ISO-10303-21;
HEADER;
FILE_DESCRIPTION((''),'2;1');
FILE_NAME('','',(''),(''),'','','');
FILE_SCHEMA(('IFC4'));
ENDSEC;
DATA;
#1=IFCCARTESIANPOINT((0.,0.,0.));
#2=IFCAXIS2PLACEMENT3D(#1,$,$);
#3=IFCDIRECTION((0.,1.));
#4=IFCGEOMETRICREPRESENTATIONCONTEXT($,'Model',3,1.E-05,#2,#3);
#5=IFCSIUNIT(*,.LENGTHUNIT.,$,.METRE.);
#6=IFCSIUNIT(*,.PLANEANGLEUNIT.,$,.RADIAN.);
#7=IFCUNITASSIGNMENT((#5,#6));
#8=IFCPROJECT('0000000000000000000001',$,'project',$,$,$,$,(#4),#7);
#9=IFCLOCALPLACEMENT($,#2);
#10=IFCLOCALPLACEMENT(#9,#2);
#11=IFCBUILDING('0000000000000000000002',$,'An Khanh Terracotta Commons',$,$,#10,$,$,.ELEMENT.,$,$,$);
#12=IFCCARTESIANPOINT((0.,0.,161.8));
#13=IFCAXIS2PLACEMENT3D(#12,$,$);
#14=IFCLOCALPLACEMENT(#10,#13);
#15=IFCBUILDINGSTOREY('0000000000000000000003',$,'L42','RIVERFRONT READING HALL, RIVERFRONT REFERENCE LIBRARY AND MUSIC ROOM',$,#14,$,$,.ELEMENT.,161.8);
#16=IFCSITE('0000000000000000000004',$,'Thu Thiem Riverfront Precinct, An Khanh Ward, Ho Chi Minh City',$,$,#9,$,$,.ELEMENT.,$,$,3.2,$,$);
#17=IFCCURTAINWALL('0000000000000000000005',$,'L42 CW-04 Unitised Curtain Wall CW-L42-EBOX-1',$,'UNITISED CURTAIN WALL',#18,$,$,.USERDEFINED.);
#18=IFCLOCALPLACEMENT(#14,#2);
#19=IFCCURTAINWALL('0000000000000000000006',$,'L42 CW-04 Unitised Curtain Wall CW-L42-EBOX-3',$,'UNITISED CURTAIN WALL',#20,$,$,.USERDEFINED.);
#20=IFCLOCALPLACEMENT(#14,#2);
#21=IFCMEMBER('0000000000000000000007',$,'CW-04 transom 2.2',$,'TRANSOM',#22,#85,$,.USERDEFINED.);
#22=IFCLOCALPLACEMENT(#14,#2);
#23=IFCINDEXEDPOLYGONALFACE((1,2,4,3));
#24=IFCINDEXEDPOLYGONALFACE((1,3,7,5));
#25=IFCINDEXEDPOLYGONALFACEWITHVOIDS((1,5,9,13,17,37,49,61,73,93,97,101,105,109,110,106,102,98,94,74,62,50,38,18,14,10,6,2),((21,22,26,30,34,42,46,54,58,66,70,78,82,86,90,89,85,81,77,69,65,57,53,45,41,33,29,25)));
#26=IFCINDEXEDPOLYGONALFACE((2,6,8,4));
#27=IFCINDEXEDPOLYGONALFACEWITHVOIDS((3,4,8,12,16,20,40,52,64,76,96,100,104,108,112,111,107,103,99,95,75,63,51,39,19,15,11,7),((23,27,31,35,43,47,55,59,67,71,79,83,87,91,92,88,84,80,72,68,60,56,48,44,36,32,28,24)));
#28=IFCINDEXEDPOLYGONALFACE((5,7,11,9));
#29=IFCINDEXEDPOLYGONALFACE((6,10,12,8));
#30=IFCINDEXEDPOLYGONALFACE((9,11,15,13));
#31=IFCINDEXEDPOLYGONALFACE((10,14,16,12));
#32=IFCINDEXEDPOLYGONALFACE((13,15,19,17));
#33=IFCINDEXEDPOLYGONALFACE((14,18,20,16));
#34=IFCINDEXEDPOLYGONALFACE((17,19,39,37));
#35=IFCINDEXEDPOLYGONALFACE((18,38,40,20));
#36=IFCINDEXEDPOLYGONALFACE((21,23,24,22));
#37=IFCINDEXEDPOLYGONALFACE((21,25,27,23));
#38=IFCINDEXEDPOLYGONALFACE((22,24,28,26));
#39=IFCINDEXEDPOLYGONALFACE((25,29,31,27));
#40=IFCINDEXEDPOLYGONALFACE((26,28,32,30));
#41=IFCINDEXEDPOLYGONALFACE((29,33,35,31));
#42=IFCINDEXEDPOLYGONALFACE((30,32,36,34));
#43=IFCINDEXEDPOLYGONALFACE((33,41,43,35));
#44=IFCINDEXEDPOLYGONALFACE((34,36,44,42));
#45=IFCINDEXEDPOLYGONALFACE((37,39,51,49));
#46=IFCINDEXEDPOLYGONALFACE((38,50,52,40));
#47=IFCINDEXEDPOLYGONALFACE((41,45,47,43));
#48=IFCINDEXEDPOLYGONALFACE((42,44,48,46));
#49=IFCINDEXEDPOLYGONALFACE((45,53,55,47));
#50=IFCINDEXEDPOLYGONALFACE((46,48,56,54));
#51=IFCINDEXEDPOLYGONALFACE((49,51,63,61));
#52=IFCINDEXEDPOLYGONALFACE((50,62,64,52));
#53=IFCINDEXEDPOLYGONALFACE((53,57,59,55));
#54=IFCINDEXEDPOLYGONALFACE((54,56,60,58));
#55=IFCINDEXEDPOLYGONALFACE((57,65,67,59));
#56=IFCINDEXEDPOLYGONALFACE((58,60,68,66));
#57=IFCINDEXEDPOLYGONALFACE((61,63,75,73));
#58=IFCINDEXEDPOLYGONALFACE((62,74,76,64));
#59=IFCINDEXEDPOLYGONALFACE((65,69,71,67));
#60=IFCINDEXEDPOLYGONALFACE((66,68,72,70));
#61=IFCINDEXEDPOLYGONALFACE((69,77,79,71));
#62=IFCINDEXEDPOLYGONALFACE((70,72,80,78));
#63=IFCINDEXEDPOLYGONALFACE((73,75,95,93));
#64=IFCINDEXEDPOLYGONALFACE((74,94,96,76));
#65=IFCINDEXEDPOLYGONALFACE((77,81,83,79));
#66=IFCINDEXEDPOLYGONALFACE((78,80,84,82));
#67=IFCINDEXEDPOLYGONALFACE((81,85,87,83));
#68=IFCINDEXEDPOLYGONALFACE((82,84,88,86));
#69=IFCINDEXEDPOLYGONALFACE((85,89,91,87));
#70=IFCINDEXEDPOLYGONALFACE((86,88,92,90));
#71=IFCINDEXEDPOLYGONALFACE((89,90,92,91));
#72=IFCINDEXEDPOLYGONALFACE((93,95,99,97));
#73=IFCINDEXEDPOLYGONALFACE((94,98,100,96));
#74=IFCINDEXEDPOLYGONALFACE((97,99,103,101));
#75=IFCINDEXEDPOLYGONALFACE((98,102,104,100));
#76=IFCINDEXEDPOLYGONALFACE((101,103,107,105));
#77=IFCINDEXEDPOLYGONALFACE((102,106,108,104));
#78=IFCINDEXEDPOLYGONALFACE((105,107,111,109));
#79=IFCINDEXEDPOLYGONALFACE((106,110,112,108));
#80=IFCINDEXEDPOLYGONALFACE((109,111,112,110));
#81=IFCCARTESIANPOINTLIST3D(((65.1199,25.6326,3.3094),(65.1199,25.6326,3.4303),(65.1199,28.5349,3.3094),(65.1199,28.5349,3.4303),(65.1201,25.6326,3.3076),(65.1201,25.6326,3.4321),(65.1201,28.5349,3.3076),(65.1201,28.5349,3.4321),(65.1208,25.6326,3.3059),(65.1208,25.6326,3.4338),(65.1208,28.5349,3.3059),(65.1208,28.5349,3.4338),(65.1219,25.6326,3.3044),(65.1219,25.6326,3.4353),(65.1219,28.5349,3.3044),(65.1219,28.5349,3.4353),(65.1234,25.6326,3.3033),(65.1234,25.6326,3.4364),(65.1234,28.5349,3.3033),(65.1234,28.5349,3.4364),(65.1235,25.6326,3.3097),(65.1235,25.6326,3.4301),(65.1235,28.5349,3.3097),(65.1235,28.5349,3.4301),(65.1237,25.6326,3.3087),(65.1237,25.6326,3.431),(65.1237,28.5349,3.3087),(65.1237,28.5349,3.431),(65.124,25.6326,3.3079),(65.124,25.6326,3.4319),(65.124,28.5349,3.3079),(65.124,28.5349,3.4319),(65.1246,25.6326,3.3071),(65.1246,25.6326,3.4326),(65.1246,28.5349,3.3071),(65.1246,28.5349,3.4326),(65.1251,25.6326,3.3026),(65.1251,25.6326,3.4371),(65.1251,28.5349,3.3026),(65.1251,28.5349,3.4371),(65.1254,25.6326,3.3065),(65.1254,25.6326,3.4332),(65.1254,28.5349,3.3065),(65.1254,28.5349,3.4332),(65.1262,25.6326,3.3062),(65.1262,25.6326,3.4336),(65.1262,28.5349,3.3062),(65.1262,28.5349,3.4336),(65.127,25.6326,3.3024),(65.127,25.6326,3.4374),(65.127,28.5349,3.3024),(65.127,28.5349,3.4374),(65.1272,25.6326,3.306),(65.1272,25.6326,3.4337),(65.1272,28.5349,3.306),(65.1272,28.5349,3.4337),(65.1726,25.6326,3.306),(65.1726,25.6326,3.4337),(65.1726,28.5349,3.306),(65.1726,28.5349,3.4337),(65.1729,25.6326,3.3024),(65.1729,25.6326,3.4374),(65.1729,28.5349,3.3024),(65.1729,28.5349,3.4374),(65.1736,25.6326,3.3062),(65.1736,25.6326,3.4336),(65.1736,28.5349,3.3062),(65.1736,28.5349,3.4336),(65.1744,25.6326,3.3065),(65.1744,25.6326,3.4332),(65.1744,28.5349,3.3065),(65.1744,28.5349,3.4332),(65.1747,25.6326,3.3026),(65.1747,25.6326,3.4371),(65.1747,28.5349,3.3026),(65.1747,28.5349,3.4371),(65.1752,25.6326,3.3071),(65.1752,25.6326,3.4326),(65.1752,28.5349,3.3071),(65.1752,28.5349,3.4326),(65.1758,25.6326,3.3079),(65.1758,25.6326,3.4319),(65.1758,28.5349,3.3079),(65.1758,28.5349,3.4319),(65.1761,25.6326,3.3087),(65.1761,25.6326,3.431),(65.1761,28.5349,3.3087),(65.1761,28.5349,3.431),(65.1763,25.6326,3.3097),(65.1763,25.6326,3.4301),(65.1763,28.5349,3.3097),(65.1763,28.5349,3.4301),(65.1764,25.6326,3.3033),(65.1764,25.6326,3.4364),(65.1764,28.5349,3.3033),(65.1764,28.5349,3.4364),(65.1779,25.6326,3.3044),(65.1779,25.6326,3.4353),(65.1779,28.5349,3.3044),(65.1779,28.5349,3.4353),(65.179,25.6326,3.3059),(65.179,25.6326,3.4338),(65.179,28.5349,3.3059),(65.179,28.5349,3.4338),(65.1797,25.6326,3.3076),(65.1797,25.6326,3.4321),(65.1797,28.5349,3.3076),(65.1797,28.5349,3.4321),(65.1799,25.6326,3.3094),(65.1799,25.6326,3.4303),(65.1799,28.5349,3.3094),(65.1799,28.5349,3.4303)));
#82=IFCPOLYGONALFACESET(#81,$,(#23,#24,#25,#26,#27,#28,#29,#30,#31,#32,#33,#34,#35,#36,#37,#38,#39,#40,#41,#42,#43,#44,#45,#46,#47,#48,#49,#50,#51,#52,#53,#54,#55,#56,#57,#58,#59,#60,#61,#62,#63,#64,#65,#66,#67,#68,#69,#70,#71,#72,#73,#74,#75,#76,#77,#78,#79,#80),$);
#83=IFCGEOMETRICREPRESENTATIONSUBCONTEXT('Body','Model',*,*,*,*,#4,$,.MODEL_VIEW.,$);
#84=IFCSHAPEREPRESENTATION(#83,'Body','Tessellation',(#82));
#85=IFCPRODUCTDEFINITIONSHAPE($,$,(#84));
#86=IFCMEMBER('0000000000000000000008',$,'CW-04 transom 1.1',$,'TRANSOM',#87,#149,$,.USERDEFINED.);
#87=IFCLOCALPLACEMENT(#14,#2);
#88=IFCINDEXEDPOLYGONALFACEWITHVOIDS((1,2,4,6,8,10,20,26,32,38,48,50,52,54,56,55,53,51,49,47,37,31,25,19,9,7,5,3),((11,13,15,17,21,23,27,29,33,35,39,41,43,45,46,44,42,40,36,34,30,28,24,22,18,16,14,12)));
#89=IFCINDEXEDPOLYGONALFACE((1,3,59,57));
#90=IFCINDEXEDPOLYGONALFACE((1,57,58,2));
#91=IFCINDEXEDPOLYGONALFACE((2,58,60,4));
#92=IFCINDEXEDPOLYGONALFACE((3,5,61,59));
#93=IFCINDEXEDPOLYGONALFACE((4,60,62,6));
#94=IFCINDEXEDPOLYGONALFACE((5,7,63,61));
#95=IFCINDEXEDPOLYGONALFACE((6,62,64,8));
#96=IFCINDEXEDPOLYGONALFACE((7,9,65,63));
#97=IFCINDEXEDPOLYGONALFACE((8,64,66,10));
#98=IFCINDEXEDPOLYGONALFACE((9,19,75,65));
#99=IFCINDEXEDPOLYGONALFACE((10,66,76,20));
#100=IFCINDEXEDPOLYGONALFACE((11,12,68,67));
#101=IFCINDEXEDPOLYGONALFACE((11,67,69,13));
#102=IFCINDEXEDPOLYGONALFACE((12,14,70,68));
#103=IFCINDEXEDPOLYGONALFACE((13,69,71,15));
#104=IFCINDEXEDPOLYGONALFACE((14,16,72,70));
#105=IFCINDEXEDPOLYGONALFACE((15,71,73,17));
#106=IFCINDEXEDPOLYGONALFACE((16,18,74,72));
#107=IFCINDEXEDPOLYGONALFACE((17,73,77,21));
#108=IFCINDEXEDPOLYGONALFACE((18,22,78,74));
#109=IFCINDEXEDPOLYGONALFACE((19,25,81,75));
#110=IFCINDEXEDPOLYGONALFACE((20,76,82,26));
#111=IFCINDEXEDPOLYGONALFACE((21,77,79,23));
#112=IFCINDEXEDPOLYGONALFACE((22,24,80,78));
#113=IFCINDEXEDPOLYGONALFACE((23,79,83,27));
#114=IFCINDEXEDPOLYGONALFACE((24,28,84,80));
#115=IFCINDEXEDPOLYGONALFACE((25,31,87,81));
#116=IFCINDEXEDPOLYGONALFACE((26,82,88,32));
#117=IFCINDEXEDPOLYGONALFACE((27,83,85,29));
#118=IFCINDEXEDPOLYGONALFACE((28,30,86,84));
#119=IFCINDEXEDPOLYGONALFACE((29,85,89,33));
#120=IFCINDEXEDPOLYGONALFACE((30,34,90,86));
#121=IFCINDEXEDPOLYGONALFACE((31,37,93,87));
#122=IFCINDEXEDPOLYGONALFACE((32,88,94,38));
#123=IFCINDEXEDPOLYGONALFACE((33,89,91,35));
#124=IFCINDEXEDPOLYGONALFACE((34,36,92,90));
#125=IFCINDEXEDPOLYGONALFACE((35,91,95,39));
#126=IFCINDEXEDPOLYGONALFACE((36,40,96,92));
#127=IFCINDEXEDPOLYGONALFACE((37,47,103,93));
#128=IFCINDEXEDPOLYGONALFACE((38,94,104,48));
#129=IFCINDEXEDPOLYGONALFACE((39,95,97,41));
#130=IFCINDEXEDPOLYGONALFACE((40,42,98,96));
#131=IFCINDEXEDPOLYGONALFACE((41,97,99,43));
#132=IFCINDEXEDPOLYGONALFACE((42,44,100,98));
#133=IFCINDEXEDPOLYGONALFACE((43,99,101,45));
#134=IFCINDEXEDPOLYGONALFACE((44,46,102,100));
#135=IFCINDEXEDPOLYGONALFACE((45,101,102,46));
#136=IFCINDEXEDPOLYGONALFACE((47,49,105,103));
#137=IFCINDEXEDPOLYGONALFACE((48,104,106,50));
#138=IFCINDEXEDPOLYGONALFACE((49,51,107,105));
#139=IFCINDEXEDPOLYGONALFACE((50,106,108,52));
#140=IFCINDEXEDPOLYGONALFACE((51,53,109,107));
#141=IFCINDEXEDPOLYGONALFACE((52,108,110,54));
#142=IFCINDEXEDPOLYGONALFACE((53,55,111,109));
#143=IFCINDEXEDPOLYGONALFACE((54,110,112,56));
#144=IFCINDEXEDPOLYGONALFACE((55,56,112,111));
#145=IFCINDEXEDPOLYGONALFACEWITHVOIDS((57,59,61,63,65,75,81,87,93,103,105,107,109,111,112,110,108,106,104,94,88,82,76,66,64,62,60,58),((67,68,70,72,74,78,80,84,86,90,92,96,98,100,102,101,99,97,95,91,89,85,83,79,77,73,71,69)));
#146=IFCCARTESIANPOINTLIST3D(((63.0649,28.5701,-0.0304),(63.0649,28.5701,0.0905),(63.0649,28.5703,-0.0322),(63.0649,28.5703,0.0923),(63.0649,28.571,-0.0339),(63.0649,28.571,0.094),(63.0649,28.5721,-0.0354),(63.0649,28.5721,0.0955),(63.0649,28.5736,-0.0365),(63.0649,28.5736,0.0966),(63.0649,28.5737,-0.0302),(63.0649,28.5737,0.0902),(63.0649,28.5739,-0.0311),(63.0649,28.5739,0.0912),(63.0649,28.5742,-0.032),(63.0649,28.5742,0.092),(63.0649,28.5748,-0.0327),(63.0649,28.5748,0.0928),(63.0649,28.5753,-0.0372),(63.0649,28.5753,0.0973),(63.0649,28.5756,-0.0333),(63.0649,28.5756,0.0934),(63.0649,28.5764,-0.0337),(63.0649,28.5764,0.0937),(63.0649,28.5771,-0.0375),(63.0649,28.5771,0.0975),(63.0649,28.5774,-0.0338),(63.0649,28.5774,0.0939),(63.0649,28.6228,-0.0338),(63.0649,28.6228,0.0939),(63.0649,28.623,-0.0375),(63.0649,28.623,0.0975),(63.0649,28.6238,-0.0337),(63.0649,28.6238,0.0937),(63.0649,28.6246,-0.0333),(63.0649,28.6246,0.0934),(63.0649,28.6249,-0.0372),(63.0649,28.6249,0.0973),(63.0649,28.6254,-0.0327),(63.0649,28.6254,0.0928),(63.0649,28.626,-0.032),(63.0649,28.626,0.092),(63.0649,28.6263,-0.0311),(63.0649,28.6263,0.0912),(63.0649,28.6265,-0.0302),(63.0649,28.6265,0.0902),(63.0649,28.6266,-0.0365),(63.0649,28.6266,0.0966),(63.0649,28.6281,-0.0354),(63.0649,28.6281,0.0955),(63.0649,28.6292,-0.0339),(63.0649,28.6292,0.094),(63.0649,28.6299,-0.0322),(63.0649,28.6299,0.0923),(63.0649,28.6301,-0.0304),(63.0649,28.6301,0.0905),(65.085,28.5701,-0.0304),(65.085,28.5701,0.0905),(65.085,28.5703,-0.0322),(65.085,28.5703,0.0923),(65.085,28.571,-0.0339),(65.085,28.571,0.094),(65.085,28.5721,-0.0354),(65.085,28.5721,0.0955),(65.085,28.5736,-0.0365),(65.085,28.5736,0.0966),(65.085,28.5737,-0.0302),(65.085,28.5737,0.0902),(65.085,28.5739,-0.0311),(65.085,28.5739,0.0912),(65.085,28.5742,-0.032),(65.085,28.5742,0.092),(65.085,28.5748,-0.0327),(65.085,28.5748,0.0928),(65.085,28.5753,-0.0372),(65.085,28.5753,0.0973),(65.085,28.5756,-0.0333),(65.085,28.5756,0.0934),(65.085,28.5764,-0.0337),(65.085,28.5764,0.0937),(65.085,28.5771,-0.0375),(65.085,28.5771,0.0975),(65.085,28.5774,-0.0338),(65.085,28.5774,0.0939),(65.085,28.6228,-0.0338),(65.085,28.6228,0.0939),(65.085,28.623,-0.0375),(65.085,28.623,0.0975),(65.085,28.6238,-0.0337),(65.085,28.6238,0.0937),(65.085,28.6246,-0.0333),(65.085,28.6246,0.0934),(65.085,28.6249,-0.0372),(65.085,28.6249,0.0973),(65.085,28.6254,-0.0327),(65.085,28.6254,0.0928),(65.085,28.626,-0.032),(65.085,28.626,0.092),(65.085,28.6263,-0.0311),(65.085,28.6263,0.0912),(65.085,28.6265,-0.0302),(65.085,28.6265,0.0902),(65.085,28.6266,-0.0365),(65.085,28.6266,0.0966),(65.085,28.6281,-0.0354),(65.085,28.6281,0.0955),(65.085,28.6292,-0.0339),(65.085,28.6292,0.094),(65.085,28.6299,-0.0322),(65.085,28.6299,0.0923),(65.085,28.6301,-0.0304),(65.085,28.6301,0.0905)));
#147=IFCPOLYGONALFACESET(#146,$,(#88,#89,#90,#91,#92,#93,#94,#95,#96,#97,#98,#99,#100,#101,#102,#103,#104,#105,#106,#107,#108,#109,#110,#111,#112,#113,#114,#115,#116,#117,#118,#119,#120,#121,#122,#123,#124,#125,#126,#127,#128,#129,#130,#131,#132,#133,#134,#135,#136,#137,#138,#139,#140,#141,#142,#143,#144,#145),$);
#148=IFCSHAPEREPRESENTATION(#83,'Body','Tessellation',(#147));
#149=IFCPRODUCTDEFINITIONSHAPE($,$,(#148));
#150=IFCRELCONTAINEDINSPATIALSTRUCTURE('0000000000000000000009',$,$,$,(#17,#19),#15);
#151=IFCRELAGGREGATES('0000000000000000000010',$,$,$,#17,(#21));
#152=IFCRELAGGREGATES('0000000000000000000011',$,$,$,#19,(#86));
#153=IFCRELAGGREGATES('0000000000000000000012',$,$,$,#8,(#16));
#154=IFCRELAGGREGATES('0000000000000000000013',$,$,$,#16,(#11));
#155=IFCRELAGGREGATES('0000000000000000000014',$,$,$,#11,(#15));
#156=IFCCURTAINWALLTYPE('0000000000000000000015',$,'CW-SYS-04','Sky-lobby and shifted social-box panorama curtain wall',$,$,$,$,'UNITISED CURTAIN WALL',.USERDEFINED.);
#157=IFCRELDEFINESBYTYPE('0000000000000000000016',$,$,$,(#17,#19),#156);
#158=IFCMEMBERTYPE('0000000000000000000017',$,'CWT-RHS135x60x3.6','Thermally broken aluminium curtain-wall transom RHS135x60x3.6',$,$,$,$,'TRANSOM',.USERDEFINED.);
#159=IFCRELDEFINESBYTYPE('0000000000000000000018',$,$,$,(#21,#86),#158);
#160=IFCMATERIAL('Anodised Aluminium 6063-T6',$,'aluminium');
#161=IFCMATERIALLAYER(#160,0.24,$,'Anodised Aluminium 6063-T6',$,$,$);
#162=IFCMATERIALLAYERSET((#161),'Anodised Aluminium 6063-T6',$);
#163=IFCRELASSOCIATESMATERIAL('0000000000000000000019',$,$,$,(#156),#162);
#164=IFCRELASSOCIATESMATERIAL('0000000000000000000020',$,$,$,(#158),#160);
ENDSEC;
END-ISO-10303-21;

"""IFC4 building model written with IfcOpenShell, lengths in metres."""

from ifc_helpers import new_model, si_unit, direction, frame, origin, origin_2d, place, context, subcontext, project, spatial, hollow_rectangle, extrude, material, layer, layer_set, material_profile, profile_set, type_object, element, aggregate, save


model = new_model("IFC4")

# Units and contexts
model_context = context("Model", 3, precision=1e-05, world=origin(), true_north=direction((0.0, 1.0)))
body_context = subcontext(model_context, "Body", "Model", "MODEL_VIEW")
ifc_project = project(units=[si_unit("LENGTHUNIT", "METRE"), si_unit("PLANEANGLEUNIT", "RADIAN")], contexts=[model_context])

# Site, building, storey
site_placement = place(None, origin())
site = spatial("IfcSite", under=ifc_project, at=site_placement, Name="Thu Thiem Riverfront Precinct, An Khanh Ward, Ho Chi Minh City", CompositionType="ELEMENT", RefElevation=3.2)
building_placement = place(site_placement, origin())
building = spatial("IfcBuilding", under=site, at=building_placement, Name="An Khanh Terracotta Commons", CompositionType="ELEMENT")
storey_placement = place(building_placement, frame((0.0, 0.0, 161.8)))
storey = spatial("IfcBuildingStorey", under=building, at=storey_placement, Name="L42", Description="RIVERFRONT READING HALL, RIVERFRONT REFERENCE LIBRARY AND MUSIC ROOM", CompositionType="ELEMENT", Elevation=161.8)

# Curtain walls
ifc_material_1 = material(Name="Anodised Aluminium 6063-T6", Category="aluminium")
ifc_layer_1 = layer(ifc_material_1, 0.24, Name="Anodised Aluminium 6063-T6")
ifc_layer_set_1 = layer_set([ifc_layer_1], Name="Anodised Aluminium 6063-T6")
curtain_wall_type_1 = type_object("IfcCurtainWallType", Name="CW-SYS-04", Description="Sky-lobby and shifted social-box panorama curtain wall", ElementType="UNITISED CURTAIN WALL", PredefinedType="USERDEFINED", material=ifc_layer_set_1)
curtain_wall_1_placement = place(storey_placement, origin())
curtain_wall_1 = element("IfcCurtainWall", 1, at=curtain_wall_1_placement, inside=storey, type_object=curtain_wall_type_1, Name="L42 CW-04 Unitised Curtain Wall CW-L42-EBOX-1", ObjectType="UNITISED CURTAIN WALL", PredefinedType="USERDEFINED")
curtain_wall_2_placement = place(storey_placement, origin())
curtain_wall_2 = element("IfcCurtainWall", 2, at=curtain_wall_2_placement, inside=storey, type_object=curtain_wall_type_1, Name="L42 CW-04 Unitised Curtain Wall CW-L42-EBOX-3", ObjectType="UNITISED CURTAIN WALL", PredefinedType="USERDEFINED")

# Members
ifc_material_profile_1 = material_profile(ifc_material_1, hollow_rectangle(XDim=0.0601, YDim=0.135, WallThickness=0.0037, InnerFilletRadius=0.0037, OuterFilletRadius=0.0071, at=origin_2d()), Name="RHS135x60x3.6")
ifc_profile_set_1 = profile_set([ifc_material_profile_1], Name="Anodised Aluminium 6063-T6")
member_type_1 = type_object("IfcMemberType", Name="CWT-RHS135x60x3.6", Description="Thermally broken aluminium curtain-wall transom RHS135x60x3.6", ElementType="TRANSOM", PredefinedType="USERDEFINED", material=ifc_profile_set_1)
member_1_placement = place(storey_placement, frame((65.1499, 25.6326, 3.3699), z_axis=(0.0, 1.0, 0.0), x_axis=(-1.0, 0.0, 0.0)))
member_1 = element("IfcMember", 3, at=member_1_placement, type_object=member_type_1, Name="CW-04 transom 2.2", ObjectType="TRANSOM", PredefinedType="USERDEFINED", context=body_context, shape_type="SweptSolid", body=[
    extrude(hollow_rectangle(XDim=0.0601, YDim=0.135, WallThickness=0.0037, InnerFilletRadius=0.0037, OuterFilletRadius=0.0071, at=origin_2d()), origin(), (0.0, 0.0, 1.0), 2.9023),
])
member_2_placement = place(storey_placement, frame((65.085, 28.6001, 0.03), z_axis=(-1.0, 0.0, 0.0), x_axis=(0.0, -1.0, 0.0)))
member_2 = element("IfcMember", 4, at=member_2_placement, type_object=member_type_1, Name="CW-04 transom 1.1", ObjectType="TRANSOM", PredefinedType="USERDEFINED", context=body_context, shape_type="SweptSolid", body=[
    extrude(hollow_rectangle(XDim=0.0601, YDim=0.135, WallThickness=0.0037, InnerFilletRadius=0.0037, OuterFilletRadius=0.0071, at=origin_2d()), origin(), (0.0, 0.0, 1.0), 2.02),
])

aggregate(curtain_wall_1, [member_1])
aggregate(curtain_wall_2, [member_2])

save(model, "model.ifc")
